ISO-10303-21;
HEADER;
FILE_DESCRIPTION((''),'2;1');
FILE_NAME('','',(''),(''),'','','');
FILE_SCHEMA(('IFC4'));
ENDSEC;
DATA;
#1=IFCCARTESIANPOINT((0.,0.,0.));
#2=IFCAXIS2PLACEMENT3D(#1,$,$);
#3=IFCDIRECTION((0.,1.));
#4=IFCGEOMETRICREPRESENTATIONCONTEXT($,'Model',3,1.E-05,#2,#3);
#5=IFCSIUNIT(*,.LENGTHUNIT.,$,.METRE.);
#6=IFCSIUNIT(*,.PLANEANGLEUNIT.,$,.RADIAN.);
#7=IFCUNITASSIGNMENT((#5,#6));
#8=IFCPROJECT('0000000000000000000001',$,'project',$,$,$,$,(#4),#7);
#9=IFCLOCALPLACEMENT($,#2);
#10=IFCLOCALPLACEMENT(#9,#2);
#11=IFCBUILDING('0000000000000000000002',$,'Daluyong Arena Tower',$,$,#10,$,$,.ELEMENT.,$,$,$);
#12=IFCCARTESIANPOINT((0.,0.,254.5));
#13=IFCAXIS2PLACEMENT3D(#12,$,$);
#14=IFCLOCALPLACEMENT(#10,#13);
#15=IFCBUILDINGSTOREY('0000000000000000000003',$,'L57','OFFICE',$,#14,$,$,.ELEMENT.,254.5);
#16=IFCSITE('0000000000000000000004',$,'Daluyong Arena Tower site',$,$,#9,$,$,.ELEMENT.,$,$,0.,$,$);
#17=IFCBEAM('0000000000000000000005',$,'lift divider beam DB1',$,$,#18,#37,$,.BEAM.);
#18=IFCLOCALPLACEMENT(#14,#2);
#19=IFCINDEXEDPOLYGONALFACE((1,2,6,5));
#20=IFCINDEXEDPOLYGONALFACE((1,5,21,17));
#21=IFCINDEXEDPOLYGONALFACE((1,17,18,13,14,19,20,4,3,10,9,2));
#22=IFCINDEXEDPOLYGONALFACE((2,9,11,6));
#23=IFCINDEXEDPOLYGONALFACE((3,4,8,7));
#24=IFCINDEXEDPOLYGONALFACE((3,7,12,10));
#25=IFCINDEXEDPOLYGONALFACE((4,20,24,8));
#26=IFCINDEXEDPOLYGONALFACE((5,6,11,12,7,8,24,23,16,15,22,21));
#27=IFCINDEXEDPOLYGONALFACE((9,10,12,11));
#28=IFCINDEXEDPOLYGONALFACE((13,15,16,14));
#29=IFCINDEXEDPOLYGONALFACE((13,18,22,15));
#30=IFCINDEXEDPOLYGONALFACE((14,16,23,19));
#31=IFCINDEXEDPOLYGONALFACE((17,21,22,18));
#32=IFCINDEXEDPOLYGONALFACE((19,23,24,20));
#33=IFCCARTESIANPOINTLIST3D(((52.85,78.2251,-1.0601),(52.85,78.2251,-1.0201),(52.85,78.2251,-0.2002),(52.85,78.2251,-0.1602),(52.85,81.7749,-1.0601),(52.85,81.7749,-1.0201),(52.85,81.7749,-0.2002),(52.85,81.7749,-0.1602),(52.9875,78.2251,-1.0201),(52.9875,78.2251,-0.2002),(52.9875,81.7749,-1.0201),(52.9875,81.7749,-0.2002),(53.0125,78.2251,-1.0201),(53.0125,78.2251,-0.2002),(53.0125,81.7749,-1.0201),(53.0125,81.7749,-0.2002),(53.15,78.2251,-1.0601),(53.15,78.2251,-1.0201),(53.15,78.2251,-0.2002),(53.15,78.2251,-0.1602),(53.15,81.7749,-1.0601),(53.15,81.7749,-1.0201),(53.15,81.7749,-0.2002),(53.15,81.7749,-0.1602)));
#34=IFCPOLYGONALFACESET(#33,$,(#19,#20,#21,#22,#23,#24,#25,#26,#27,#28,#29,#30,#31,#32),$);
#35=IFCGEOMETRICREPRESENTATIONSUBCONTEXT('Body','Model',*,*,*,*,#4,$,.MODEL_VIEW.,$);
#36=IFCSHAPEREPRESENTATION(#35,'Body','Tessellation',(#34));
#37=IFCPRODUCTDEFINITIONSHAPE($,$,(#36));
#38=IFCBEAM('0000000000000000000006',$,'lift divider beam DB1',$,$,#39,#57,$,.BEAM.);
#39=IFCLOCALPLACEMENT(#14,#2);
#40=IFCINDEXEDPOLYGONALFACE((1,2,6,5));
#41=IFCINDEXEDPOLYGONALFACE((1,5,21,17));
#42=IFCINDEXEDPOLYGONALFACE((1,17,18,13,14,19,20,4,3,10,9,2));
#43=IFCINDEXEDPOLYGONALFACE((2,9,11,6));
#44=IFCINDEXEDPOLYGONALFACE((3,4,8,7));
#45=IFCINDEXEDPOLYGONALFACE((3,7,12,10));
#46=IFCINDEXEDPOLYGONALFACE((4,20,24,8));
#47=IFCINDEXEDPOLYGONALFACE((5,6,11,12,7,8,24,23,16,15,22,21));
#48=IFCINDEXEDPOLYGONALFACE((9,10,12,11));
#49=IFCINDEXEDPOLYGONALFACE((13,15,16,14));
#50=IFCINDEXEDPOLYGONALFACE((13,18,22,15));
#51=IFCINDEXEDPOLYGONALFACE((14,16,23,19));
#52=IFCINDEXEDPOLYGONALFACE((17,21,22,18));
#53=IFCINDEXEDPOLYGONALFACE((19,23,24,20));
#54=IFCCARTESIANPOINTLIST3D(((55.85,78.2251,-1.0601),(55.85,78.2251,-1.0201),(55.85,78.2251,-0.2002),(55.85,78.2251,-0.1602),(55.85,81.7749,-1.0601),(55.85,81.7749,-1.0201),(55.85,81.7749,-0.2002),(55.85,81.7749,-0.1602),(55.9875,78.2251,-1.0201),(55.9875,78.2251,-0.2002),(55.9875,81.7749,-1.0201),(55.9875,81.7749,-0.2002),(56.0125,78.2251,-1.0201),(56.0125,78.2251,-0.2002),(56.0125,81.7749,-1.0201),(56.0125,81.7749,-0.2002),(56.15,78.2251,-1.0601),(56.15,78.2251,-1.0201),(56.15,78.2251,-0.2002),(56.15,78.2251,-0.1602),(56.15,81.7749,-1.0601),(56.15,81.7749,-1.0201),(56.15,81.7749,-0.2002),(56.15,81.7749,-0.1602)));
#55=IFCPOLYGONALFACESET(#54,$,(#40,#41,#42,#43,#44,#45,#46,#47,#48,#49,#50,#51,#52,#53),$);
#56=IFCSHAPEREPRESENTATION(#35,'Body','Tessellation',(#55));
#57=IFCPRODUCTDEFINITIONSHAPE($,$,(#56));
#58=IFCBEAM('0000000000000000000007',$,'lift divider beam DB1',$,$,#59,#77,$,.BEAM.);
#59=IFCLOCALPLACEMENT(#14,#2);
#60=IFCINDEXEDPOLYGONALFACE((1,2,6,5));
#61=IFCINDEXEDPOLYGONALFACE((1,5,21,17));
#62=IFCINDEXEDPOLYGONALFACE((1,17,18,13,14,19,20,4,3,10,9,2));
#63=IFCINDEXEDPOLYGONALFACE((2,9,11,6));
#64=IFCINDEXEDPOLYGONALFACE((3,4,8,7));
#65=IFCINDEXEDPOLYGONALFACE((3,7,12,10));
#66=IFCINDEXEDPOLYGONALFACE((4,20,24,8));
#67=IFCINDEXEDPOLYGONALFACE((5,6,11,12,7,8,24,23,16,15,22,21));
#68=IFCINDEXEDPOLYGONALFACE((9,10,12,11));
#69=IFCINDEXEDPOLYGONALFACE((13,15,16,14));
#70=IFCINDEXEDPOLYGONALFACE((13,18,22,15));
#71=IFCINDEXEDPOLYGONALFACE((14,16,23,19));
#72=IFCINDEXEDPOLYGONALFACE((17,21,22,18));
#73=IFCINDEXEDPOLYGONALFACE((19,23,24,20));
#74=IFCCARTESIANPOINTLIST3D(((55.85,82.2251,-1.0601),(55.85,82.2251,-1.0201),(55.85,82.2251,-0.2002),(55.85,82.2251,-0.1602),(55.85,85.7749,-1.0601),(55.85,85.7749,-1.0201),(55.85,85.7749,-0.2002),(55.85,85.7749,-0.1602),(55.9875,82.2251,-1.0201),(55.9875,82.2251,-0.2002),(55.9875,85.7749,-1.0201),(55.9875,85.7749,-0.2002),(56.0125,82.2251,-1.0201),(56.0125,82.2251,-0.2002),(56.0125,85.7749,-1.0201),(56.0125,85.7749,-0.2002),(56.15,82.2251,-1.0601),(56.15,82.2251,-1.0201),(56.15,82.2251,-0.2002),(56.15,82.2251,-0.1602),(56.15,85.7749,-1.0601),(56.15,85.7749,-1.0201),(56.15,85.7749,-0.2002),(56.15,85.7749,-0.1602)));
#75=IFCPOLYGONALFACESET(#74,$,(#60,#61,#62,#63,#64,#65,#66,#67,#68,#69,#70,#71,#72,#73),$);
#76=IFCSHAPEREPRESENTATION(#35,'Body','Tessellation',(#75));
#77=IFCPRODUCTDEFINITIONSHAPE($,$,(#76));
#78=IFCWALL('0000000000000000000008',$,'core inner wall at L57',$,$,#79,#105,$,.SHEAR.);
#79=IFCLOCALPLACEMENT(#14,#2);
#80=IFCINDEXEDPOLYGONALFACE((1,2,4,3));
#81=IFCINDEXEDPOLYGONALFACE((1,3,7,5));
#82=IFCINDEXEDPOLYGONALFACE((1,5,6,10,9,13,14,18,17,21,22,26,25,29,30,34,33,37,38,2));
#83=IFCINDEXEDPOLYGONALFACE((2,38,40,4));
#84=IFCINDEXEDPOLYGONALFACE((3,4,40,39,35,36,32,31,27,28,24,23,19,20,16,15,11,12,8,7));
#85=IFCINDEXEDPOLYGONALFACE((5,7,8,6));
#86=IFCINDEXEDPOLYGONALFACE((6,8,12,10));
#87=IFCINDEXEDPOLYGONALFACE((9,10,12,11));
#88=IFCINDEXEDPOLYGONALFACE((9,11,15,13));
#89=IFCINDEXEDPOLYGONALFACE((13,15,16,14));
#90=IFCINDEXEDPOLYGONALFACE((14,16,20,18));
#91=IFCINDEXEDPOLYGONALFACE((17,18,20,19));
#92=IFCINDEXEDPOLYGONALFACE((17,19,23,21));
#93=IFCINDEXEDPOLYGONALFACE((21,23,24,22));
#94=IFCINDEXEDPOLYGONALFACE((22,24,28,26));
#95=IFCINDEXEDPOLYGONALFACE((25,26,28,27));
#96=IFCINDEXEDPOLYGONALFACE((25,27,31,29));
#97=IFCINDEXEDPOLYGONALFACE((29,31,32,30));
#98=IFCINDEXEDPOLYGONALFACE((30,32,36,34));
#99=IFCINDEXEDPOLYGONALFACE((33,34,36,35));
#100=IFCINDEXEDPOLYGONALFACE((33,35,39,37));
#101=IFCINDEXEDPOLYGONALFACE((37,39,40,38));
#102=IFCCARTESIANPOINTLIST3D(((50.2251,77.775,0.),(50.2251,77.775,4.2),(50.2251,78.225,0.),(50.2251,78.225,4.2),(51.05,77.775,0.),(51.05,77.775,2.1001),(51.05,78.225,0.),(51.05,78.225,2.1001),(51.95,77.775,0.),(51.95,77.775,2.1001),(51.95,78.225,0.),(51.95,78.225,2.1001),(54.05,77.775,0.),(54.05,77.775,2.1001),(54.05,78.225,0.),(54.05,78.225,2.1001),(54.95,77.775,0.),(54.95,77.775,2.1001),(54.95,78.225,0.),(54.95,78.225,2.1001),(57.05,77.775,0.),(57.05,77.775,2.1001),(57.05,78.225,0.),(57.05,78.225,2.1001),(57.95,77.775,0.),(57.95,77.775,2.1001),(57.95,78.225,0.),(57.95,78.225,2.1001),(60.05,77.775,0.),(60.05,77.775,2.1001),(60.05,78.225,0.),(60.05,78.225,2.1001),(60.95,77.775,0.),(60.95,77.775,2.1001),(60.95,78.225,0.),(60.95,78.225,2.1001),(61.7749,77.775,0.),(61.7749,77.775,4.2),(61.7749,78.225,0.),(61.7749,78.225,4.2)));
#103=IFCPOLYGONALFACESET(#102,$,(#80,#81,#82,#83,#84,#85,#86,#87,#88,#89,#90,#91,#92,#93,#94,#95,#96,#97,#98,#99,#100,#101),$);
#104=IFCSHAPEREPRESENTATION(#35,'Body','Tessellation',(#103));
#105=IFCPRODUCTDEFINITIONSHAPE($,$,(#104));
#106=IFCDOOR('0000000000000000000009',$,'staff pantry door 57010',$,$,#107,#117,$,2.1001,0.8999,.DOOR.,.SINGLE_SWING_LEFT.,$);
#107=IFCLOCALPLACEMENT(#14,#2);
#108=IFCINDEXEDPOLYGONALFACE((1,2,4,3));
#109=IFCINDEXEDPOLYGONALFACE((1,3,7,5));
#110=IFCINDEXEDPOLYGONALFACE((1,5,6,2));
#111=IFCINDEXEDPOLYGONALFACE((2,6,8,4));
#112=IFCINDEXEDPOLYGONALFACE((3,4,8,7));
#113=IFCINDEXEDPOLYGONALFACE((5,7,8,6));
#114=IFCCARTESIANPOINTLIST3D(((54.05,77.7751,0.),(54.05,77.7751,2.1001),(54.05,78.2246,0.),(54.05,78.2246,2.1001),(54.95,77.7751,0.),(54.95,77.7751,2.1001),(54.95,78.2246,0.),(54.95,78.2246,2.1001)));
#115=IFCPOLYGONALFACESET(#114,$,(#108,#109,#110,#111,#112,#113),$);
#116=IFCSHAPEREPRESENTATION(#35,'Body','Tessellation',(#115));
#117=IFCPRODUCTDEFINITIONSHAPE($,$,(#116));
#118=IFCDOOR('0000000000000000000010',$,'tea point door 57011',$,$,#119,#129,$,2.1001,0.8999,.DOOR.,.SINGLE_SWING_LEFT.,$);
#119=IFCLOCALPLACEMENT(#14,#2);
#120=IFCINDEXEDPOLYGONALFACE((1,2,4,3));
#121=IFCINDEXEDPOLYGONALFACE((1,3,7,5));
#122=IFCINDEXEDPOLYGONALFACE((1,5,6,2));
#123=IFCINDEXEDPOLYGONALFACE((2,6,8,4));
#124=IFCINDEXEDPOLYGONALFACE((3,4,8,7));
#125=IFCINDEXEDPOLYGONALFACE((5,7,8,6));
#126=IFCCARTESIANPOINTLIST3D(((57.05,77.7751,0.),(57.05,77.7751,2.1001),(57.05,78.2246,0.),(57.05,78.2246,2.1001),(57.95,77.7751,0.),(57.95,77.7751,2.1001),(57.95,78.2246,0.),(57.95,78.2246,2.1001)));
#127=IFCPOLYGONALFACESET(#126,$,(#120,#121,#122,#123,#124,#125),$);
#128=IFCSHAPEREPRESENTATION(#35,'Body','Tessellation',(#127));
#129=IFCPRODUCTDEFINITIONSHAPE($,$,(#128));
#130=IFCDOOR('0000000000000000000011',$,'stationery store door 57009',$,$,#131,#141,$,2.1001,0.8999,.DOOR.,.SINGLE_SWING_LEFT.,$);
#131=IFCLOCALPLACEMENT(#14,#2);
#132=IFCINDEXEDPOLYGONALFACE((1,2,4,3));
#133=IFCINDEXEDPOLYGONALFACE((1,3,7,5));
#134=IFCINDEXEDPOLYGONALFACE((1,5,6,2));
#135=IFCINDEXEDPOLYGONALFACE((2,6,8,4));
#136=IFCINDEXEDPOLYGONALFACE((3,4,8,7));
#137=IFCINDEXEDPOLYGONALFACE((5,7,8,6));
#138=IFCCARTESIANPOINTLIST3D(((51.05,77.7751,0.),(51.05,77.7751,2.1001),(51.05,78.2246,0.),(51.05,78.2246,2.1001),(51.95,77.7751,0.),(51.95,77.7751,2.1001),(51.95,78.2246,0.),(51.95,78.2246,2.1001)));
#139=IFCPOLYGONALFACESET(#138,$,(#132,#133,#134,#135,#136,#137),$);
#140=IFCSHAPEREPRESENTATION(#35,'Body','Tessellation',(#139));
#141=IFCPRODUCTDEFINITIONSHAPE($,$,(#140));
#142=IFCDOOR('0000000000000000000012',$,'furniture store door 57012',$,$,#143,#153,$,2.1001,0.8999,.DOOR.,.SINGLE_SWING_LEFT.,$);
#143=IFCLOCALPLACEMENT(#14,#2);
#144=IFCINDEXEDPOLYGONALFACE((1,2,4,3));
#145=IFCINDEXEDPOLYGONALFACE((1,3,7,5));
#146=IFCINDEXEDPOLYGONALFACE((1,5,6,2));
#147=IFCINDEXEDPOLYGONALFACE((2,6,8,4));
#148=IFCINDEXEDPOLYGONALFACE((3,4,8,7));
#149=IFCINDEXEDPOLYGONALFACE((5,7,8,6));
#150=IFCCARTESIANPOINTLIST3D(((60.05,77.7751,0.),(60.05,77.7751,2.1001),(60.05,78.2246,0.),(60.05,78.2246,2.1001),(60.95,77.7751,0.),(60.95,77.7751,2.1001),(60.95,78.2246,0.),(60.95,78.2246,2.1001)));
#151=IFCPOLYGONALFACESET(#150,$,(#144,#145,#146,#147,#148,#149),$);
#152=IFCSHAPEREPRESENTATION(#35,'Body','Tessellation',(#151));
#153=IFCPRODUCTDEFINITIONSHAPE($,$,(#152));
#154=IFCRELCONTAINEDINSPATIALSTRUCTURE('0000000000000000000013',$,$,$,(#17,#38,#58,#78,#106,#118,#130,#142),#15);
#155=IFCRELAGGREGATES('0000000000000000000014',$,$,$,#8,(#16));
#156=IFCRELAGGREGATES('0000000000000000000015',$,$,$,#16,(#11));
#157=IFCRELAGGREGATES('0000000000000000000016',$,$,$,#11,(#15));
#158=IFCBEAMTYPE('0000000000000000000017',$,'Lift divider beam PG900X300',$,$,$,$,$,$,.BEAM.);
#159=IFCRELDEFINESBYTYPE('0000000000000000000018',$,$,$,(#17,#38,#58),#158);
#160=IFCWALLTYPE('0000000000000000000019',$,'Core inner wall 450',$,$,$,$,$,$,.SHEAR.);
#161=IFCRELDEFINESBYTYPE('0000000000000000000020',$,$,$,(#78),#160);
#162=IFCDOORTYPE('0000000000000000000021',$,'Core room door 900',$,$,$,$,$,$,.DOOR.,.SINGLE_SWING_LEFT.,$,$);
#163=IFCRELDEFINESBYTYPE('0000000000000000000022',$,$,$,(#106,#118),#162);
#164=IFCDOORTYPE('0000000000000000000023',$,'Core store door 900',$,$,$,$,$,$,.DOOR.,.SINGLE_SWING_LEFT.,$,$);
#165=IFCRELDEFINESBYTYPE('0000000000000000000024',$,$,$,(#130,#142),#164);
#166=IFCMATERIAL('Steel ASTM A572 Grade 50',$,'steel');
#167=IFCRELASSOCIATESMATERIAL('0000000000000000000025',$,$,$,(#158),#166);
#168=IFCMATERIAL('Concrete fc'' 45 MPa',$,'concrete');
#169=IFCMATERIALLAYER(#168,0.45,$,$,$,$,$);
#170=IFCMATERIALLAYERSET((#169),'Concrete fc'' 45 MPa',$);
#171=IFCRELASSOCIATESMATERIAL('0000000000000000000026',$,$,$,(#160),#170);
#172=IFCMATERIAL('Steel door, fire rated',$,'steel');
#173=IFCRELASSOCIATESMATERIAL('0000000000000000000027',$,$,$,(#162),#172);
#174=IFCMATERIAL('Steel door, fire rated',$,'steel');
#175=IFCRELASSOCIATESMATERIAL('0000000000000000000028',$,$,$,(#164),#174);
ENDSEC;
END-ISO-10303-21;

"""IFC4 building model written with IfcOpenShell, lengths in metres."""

from ifc_helpers import new_model, si_unit, direction, frame, frame_2d, origin, origin_2d, place, context, subcontext, project, spatial, rectangle, i_section, extrude, material, layer, layer_set, material_profile, profile_set, type_object, element, fill, save


model = new_model("IFC4")

# Units and contexts
model_context = context("Model", 3, precision=1e-05, world=origin(), true_north=direction((0.0, 1.0)))
body_context = subcontext(model_context, "Body", "Model", "MODEL_VIEW")
ifc_project = project(units=[si_unit("LENGTHUNIT", "METRE"), si_unit("PLANEANGLEUNIT", "RADIAN")], contexts=[model_context])

# Site, building, storey
site_placement = place(None, origin())
site = spatial("IfcSite", under=ifc_project, at=site_placement, Name="Daluyong Arena Tower site", CompositionType="ELEMENT", RefElevation=0.0)
building_placement = place(site_placement, origin())
building = spatial("IfcBuilding", under=site, at=building_placement, Name="Daluyong Arena Tower", CompositionType="ELEMENT")
storey_placement = place(building_placement, frame((0.0, 0.0, 254.5)))
storey = spatial("IfcBuildingStorey", under=building, at=storey_placement, Name="L57", Description="OFFICE", CompositionType="ELEMENT", Elevation=254.5)

# Beams
ifc_material_1 = material(Name="Steel ASTM A572 Grade 50", Category="steel")
ifc_material_profile = material_profile(ifc_material_1, i_section(OverallWidth=0.3, OverallDepth=0.8999, WebThickness=0.025, FlangeThickness=0.04, at=origin_2d()))
ifc_profile_set = profile_set([ifc_material_profile], Name="Steel ASTM A572 Grade 50")
beam_type = type_object("IfcBeamType", Name="Lift divider beam PG900X300", PredefinedType="BEAM", material=ifc_profile_set)
for number, where, z_axis, x_axis, name in (
    (1, (53.0, 78.2251, -0.6101), (0.0, 1.0, 0.0), (-1.0, 0.0, 0.0), "lift divider beam DB1"),
    (2, (56.0, 78.2251, -0.6101), (0.0, 1.0, 0.0), (-1.0, 0.0, 0.0), "lift divider beam DB1"),
    (3, (56.0, 82.2251, -0.6101), (0.0, 1.0, 0.0), (-1.0, 0.0, 0.0), "lift divider beam DB1"),
):
    element("IfcBeam", number, at=place(storey_placement, frame(where, z_axis=z_axis, x_axis=x_axis)), inside=storey, type_object=beam_type, Name=name, PredefinedType="BEAM", context=body_context, shape_type="SweptSolid", body=[
        extrude(i_section(OverallWidth=0.3, OverallDepth=0.8999, WebThickness=0.025, FlangeThickness=0.04, at=origin_2d()), origin(), (0.0, 0.0, 1.0), 3.5498),
    ])

# Wall, openings, doors
ifc_material_2 = material(Name="Concrete fc' 45 MPa", Category="concrete")
ifc_layer_1 = layer(ifc_material_2, 0.45)
ifc_layer_set_1 = layer_set([ifc_layer_1], Name="Concrete fc' 45 MPa")
wall_type_1 = type_object("IfcWallType", Name="Core inner wall 450", PredefinedType="SHEAR", material=ifc_layer_set_1)
wall_1_placement = place(storey_placement, frame((50.2251, 78.0, 0.0), z_axis=(0.0, 0.0, 1.0), x_axis=(1.0, 0.0, 0.0)))
wall_1 = element("IfcWall", 4, at=wall_1_placement, inside=storey, type_object=wall_type_1, Name="core inner wall at L57", PredefinedType="SHEAR", context=body_context, shape_type="SweptSolid", body=[
    extrude(rectangle(XDim=11.5498, YDim=0.45, at=frame_2d((5.7749, 0.0))), origin(), (0.0, 0.0, 1.0), 4.2),
])
opening_1_placement = place(wall_1_placement, frame((0.825, 0.0, 0.0)))
opening_1 = element("IfcOpeningElement", 5, at=opening_1_placement, cuts=wall_1, PredefinedType="OPENING", context=body_context, shape_type="SweptSolid", body=[
    extrude(rectangle(XDim=0.8999, YDim=2.1001, at=frame_2d((0.45, 1.05))), frame((0.0, 0.2349, 0.0), z_axis=(0.0, -1.0, 0.0), x_axis=(1.0, 0.0, 0.0)), (0.0, 0.0, 1.0), 0.47),
])
opening_2_placement = place(wall_1_placement, frame((3.825, 0.0, 0.0)))
opening_2 = element("IfcOpeningElement", 6, at=opening_2_placement, cuts=wall_1, PredefinedType="OPENING", context=body_context, shape_type="SweptSolid", body=[
    extrude(rectangle(XDim=0.8999, YDim=2.1001, at=frame_2d((0.45, 1.05))), frame((0.0, 0.2349, 0.0), z_axis=(0.0, -1.0, 0.0), x_axis=(1.0, 0.0, 0.0)), (0.0, 0.0, 1.0), 0.47),
])
opening_3_placement = place(wall_1_placement, frame((6.825, 0.0, 0.0)))
opening_3 = element("IfcOpeningElement", 7, at=opening_3_placement, cuts=wall_1, PredefinedType="OPENING", context=body_context, shape_type="SweptSolid", body=[
    extrude(rectangle(XDim=0.8999, YDim=2.1001, at=frame_2d((0.45, 1.05))), frame((0.0, 0.2349, 0.0), z_axis=(0.0, -1.0, 0.0), x_axis=(1.0, 0.0, 0.0)), (0.0, 0.0, 1.0), 0.47),
])
opening_4_placement = place(wall_1_placement, frame((9.825, 0.0, 0.0)))
opening_4 = element("IfcOpeningElement", 8, at=opening_4_placement, cuts=wall_1, PredefinedType="OPENING", context=body_context, shape_type="SweptSolid", body=[
    extrude(rectangle(XDim=0.8999, YDim=2.1001, at=frame_2d((0.45, 1.05))), frame((0.0, 0.2349, 0.0), z_axis=(0.0, -1.0, 0.0), x_axis=(1.0, 0.0, 0.0)), (0.0, 0.0, 1.0), 0.47),
])
ifc_material_3 = material(Name="Steel door, fire rated", Category="steel")
door_type_1 = type_object("IfcDoorType", Name="Core room door 900", OperationType="SINGLE_SWING_LEFT", PredefinedType="DOOR", material=ifc_material_3)
door_1_placement = place(opening_2_placement, origin())
door_1 = element("IfcDoor", 9, at=door_1_placement, inside=storey, type_object=door_type_1, Name="staff pantry door 57010", OperationType="SINGLE_SWING_LEFT", OverallHeight=2.1001, OverallWidth=0.8999, PredefinedType="DOOR", context=body_context, shape_type="SweptSolid", body=[
    extrude(rectangle(XDim=0.8999, YDim=2.1001, at=frame_2d((0.45, 1.05))), frame((0.0, 0.2246, 0.0), z_axis=(0.0, -1.0, 0.0), x_axis=(1.0, 0.0, 0.0)), (0.0, 0.0, 1.0), 0.4495),
])
fill(opening_2, door_1)
door_2_placement = place(opening_3_placement, origin())
door_2 = element("IfcDoor", 10, at=door_2_placement, inside=storey, type_object=door_type_1, Name="tea point door 57011", OperationType="SINGLE_SWING_LEFT", OverallHeight=2.1001, OverallWidth=0.8999, PredefinedType="DOOR", context=body_context, shape_type="SweptSolid", body=[
    extrude(rectangle(XDim=0.8999, YDim=2.1001, at=frame_2d((0.45, 1.05))), frame((0.0, 0.2246, 0.0), z_axis=(0.0, -1.0, 0.0), x_axis=(1.0, 0.0, 0.0)), (0.0, 0.0, 1.0), 0.4495),
])
fill(opening_3, door_2)
ifc_material_4 = material(Name="Steel door, fire rated", Category="steel")
door_type_2 = type_object("IfcDoorType", Name="Core store door 900", OperationType="SINGLE_SWING_LEFT", PredefinedType="DOOR", material=ifc_material_4)
door_3_placement = place(opening_1_placement, origin())
door_3 = element("IfcDoor", 11, at=door_3_placement, inside=storey, type_object=door_type_2, Name="stationery store door 57009", OperationType="SINGLE_SWING_LEFT", OverallHeight=2.1001, OverallWidth=0.8999, PredefinedType="DOOR", context=body_context, shape_type="SweptSolid", body=[
    extrude(rectangle(XDim=0.8999, YDim=2.1001, at=frame_2d((0.45, 1.05))), frame((0.0, 0.2246, 0.0), z_axis=(0.0, -1.0, 0.0), x_axis=(1.0, 0.0, 0.0)), (0.0, 0.0, 1.0), 0.4495),
])
fill(opening_1, door_3)
door_4_placement = place(opening_4_placement, origin())
door_4 = element("IfcDoor", 12, at=door_4_placement, inside=storey, type_object=door_type_2, Name="furniture store door 57012", OperationType="SINGLE_SWING_LEFT", OverallHeight=2.1001, OverallWidth=0.8999, PredefinedType="DOOR", context=body_context, shape_type="SweptSolid", body=[
    extrude(rectangle(XDim=0.8999, YDim=2.1001, at=frame_2d((0.45, 1.05))), frame((0.0, 0.2246, 0.0), z_axis=(0.0, -1.0, 0.0), x_axis=(1.0, 0.0, 0.0)), (0.0, 0.0, 1.0), 0.4495),
])
fill(opening_4, door_4)

save(model, "model.ifc")
